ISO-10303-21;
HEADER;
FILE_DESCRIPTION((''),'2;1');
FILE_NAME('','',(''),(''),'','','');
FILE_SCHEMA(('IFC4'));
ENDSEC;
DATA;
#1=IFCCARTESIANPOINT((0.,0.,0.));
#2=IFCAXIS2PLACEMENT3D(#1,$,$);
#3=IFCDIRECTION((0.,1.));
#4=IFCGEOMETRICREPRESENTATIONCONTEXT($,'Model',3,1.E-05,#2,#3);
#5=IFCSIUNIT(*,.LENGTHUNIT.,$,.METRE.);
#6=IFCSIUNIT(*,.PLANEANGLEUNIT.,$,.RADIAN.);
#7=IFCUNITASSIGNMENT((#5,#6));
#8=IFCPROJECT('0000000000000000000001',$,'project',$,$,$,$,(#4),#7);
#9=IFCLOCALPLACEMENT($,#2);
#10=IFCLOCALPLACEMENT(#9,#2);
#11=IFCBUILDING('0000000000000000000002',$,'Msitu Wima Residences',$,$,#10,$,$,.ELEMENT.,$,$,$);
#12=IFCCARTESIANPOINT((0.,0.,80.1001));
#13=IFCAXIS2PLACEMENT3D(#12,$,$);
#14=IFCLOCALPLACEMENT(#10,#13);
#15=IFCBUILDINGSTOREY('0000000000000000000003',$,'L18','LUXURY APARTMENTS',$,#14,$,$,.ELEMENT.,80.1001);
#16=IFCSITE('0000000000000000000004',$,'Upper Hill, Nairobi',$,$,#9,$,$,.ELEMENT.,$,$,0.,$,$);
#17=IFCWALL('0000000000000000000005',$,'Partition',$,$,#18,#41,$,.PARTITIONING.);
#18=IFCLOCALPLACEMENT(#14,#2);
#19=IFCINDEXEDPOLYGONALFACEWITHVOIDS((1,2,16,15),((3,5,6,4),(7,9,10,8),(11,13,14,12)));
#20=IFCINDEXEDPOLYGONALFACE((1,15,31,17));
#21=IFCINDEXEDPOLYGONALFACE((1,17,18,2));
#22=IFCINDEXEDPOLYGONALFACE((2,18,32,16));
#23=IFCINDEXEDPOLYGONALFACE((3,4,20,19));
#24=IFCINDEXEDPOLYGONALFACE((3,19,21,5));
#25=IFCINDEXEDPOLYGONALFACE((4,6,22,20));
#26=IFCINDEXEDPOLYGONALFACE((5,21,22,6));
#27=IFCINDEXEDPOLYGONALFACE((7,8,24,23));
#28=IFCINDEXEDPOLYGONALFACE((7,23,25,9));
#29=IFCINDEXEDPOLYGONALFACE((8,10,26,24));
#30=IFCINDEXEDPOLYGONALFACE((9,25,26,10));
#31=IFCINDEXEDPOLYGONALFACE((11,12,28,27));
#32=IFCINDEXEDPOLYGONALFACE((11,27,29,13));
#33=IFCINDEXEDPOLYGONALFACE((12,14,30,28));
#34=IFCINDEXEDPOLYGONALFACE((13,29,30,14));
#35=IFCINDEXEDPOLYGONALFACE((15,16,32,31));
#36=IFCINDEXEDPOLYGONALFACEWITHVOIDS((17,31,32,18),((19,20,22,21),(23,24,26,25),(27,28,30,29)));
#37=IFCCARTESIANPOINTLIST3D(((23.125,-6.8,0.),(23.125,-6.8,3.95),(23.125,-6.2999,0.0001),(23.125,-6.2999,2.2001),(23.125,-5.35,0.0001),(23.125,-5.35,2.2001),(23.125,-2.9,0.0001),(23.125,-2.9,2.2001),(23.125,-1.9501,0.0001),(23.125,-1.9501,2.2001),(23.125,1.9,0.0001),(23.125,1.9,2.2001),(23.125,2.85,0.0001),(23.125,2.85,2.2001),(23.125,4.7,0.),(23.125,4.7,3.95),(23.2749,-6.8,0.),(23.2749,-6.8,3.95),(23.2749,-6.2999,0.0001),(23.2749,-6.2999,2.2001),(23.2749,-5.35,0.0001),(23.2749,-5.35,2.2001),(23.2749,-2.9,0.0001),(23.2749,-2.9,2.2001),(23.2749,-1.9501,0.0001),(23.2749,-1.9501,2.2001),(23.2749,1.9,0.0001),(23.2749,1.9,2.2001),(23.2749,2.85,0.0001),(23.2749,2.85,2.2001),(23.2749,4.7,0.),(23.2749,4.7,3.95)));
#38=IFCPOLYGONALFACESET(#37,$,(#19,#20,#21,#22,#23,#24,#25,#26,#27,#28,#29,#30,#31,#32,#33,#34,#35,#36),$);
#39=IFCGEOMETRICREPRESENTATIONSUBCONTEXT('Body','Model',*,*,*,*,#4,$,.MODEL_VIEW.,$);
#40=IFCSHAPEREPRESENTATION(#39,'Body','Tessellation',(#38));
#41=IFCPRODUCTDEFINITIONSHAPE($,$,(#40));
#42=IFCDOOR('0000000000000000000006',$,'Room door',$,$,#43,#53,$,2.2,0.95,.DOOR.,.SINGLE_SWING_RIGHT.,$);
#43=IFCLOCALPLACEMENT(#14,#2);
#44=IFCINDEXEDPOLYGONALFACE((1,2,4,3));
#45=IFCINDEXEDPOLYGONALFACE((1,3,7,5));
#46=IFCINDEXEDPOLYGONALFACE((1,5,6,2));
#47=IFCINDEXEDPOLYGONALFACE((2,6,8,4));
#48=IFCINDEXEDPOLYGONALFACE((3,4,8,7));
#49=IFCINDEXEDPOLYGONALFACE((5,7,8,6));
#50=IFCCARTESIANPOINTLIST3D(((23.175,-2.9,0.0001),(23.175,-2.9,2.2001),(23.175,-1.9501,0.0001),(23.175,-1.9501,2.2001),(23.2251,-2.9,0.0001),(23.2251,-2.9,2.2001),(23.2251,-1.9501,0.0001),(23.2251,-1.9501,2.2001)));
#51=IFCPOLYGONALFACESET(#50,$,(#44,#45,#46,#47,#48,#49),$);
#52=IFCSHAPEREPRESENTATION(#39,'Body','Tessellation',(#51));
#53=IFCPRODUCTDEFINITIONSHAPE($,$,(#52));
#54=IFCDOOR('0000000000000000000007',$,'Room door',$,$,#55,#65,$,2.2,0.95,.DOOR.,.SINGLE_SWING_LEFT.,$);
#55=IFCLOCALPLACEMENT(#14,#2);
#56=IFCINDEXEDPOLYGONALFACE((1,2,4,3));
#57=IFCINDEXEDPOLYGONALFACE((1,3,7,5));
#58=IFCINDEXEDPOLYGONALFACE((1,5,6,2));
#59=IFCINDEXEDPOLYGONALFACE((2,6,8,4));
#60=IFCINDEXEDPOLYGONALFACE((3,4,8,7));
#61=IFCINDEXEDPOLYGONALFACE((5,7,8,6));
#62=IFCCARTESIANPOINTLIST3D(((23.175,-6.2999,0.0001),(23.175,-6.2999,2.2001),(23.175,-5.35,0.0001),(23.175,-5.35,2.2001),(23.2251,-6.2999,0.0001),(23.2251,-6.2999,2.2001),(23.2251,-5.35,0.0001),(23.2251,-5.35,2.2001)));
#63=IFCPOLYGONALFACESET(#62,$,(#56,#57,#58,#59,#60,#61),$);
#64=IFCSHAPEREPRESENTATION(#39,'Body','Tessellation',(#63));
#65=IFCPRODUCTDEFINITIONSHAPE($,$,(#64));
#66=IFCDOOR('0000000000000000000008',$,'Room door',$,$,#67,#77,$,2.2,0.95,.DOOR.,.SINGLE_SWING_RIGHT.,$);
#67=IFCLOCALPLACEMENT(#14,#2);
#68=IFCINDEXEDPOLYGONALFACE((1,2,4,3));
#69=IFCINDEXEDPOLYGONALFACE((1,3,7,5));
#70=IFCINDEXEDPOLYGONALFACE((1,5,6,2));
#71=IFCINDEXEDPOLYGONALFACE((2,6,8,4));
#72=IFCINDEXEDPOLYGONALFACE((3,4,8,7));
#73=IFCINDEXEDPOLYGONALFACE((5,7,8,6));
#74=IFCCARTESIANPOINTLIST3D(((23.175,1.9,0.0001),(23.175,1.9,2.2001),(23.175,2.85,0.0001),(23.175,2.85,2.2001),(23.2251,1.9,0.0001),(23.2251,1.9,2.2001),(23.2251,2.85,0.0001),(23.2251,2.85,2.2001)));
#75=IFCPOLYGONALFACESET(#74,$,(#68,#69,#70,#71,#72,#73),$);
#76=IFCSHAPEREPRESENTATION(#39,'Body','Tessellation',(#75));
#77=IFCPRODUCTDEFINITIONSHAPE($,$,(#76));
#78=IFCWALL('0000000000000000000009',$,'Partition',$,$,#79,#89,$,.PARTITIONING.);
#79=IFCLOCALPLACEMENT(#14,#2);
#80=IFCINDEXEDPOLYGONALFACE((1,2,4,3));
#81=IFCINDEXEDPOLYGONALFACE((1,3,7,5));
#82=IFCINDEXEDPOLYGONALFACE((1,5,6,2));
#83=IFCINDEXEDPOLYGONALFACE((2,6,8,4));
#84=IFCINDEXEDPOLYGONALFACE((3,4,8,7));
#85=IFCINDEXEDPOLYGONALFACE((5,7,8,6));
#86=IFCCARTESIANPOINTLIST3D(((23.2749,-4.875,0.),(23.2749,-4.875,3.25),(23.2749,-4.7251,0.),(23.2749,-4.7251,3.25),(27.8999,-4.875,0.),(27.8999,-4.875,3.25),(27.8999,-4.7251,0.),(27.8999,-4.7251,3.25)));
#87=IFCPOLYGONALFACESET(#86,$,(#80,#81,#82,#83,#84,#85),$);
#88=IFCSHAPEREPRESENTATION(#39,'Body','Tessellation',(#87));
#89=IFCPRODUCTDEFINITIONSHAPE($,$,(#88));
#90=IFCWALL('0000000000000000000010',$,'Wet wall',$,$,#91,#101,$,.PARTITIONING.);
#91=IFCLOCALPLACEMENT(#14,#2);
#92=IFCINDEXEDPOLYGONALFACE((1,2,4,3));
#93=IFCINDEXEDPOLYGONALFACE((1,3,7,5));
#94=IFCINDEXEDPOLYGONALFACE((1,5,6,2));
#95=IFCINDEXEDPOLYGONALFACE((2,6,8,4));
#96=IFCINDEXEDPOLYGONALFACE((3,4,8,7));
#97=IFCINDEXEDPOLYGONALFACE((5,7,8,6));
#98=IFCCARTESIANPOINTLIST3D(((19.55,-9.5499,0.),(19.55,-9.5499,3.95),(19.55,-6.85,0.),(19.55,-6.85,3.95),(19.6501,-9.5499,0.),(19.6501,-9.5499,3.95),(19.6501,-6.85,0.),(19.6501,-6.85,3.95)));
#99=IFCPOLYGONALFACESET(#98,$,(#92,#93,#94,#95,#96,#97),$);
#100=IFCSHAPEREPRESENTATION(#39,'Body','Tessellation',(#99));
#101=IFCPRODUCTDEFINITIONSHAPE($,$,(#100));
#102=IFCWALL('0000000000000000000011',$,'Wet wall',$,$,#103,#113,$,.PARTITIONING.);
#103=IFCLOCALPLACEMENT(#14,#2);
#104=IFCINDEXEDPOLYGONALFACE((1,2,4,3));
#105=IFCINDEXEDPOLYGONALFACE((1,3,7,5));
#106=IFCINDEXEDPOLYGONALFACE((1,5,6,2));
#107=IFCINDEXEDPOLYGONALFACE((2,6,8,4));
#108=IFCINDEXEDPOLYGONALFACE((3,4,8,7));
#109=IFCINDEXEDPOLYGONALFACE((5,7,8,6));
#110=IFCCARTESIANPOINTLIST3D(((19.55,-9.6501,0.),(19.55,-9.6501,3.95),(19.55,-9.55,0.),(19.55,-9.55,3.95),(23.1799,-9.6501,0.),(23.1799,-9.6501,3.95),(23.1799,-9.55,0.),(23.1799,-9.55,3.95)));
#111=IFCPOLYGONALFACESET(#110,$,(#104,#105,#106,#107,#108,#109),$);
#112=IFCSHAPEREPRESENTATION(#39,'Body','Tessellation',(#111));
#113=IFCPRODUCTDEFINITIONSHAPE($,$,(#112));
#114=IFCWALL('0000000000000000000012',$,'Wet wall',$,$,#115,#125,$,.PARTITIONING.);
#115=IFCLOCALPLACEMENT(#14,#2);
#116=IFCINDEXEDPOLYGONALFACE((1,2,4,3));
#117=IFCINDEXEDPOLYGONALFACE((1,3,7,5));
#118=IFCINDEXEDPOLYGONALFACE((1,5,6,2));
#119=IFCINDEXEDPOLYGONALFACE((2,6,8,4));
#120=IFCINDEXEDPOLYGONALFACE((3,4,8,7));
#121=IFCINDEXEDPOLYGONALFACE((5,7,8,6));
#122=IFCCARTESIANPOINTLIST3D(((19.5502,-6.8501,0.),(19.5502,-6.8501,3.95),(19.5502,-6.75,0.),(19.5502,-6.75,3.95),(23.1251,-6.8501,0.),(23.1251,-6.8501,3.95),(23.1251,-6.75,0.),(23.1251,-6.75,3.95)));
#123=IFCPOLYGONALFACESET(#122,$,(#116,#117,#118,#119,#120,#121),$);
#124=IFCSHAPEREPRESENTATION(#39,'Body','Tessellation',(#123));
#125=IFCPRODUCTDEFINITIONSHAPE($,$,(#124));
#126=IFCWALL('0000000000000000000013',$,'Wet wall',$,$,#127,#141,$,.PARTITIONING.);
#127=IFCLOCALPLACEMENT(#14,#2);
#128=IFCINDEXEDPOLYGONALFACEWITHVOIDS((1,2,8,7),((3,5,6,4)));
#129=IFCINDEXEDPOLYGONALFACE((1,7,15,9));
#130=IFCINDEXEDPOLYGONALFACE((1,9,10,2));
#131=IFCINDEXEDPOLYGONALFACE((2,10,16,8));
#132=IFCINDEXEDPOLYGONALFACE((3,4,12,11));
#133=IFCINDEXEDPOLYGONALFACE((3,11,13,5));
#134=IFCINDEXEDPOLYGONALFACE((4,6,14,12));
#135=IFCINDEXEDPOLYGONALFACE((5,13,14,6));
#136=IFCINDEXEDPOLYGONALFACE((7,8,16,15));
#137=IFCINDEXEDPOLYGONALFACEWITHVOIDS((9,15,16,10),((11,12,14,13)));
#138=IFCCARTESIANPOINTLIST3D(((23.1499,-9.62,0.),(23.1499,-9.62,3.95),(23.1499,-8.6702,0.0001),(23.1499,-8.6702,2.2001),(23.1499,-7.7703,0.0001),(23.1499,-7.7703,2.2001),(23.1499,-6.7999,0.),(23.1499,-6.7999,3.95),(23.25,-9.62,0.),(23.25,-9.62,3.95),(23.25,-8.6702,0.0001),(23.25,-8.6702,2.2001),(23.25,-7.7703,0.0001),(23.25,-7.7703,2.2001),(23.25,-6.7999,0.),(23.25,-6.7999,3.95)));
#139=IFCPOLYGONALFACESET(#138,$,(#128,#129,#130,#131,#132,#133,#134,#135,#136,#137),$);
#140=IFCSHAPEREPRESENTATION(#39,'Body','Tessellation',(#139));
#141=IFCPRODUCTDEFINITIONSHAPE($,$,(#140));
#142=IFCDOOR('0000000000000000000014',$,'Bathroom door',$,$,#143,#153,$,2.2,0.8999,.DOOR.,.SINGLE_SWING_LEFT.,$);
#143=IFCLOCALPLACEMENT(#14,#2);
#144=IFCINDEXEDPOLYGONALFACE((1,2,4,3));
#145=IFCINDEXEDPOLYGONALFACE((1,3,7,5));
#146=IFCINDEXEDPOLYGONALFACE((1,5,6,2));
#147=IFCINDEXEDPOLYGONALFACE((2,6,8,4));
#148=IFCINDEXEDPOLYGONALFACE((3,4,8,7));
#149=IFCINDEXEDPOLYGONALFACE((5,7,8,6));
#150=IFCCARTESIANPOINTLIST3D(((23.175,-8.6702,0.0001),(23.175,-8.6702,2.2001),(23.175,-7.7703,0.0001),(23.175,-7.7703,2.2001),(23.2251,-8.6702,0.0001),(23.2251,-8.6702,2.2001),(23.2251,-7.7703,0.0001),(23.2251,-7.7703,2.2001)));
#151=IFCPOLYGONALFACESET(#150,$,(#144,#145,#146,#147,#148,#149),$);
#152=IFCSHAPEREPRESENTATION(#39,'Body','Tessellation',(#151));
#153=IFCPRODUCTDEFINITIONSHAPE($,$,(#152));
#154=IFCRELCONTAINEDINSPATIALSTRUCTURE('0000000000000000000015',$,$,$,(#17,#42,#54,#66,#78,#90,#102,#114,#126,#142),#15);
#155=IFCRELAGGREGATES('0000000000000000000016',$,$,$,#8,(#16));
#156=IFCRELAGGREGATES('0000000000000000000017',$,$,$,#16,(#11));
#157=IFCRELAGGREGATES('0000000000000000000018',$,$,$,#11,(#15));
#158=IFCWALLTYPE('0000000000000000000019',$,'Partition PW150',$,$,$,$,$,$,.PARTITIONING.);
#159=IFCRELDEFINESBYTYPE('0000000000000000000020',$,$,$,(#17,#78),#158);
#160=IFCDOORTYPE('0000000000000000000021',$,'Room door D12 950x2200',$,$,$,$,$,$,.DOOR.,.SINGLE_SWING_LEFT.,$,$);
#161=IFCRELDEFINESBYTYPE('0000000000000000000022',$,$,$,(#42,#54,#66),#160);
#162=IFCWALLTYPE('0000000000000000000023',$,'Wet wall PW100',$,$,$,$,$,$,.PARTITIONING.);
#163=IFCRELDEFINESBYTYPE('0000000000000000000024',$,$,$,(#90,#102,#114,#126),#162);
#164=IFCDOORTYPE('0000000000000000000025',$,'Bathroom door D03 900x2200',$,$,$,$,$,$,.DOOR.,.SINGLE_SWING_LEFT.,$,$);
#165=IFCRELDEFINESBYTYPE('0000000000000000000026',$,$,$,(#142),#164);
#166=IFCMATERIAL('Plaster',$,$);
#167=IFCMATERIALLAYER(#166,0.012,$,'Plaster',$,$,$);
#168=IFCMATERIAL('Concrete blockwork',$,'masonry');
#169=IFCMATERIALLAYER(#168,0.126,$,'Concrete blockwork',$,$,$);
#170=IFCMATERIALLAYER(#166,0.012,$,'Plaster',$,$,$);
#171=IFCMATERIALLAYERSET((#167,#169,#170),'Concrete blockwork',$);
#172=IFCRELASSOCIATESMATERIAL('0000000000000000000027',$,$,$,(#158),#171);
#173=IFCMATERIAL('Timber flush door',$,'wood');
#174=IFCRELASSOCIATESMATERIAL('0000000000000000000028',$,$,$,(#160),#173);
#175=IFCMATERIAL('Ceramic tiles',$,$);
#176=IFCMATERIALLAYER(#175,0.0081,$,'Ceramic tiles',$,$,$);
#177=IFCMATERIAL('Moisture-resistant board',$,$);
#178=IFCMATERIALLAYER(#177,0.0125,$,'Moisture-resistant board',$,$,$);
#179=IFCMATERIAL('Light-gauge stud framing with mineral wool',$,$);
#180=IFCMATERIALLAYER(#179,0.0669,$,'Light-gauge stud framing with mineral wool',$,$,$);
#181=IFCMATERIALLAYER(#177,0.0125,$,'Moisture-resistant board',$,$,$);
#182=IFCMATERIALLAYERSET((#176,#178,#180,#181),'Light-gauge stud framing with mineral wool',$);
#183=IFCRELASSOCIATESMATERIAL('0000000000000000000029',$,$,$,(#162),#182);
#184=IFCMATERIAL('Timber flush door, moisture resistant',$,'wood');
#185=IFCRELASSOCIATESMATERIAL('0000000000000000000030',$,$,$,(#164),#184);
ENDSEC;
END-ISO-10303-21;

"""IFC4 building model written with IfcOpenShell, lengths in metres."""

from ifc_helpers import new_model, si_unit, direction, frame, frame_2d, origin, place, context, subcontext, project, spatial, rectangle, extrude, material, layer, layer_set, type_object, element, fill, save


model = new_model("IFC4")

# Units and contexts
model_context = context("Model", 3, precision=1e-05, world=origin(), true_north=direction((0.0, 1.0)))
body_context = subcontext(model_context, "Body", "Model", "MODEL_VIEW")
ifc_project = project(units=[si_unit("LENGTHUNIT", "METRE"), si_unit("PLANEANGLEUNIT", "RADIAN")], contexts=[model_context])

# Site, building, storey
site_placement = place(None, origin())
site = spatial("IfcSite", under=ifc_project, at=site_placement, Name="Upper Hill, Nairobi", CompositionType="ELEMENT", RefElevation=0.0)
building_placement = place(site_placement, origin())
building = spatial("IfcBuilding", under=site, at=building_placement, Name="Msitu Wima Residences", CompositionType="ELEMENT")
storey_placement = place(building_placement, frame((0.0, 0.0, 80.1001)))
storey = spatial("IfcBuildingStorey", under=building, at=storey_placement, Name="L18", Description="LUXURY APARTMENTS", CompositionType="ELEMENT", Elevation=80.1001)

# Shared definitions
ifc_material_1 = material(Name="Plaster")
ifc_layer_1 = layer(ifc_material_1, 0.012, Name="Plaster")
ifc_material_2 = material(Name="Concrete blockwork", Category="masonry")
ifc_layer_2 = layer(ifc_material_2, 0.126, Name="Concrete blockwork")
ifc_layer_3 = layer(ifc_material_1, 0.012, Name="Plaster")
ifc_layer_set_1 = layer_set([ifc_layer_1, ifc_layer_2, ifc_layer_3], Name="Concrete blockwork")
wall_type_1 = type_object("IfcWallType", Name="Partition PW150", PredefinedType="PARTITIONING", material=ifc_layer_set_1)

# Wall, openings, doors
wall_1_placement = place(storey_placement, frame((23.2, -6.8, 0.0), z_axis=(0.0, 0.0, 1.0), x_axis=(0.0, 1.0, 0.0)))
wall_1 = element("IfcWall", 1, at=wall_1_placement, inside=storey, type_object=wall_type_1, Name="Partition", PredefinedType="PARTITIONING", context=body_context, shape_type="SweptSolid", body=[
    extrude(rectangle(XDim=11.5, YDim=0.1499, at=frame_2d((5.75, 0.0))), origin(), (0.0, 0.0, 1.0), 3.95),
])
opening_1_placement = place(wall_1_placement, frame((3.8999, 0.0, 0.0)))
opening_1 = element("IfcOpeningElement", 2, at=opening_1_placement, cuts=wall_1, PredefinedType="OPENING", context=body_context, shape_type="SweptSolid", body=[
    extrude(rectangle(XDim=0.95, YDim=2.2, at=frame_2d((0.4751, 1.1001))), frame((0.0, 0.085, 0.0), z_axis=(0.0, -1.0, 0.0), x_axis=(1.0, 0.0, 0.0)), (0.0, 0.0, 1.0), 0.1699),
])
opening_2_placement = place(wall_1_placement, frame((0.5, 0.0, 0.0)))
opening_2 = element("IfcOpeningElement", 3, at=opening_2_placement, cuts=wall_1, PredefinedType="OPENING", context=body_context, shape_type="SweptSolid", body=[
    extrude(rectangle(XDim=0.95, YDim=2.2, at=frame_2d((0.4751, 1.1001))), frame((0.0, 0.085, 0.0), z_axis=(0.0, -1.0, 0.0), x_axis=(1.0, 0.0, 0.0)), (0.0, 0.0, 1.0), 0.1699),
])
opening_3_placement = place(wall_1_placement, frame((8.7, 0.0, 0.0)))
opening_3 = element("IfcOpeningElement", 4, at=opening_3_placement, cuts=wall_1, PredefinedType="OPENING", context=body_context, shape_type="SweptSolid", body=[
    extrude(rectangle(XDim=0.95, YDim=2.2, at=frame_2d((0.4751, 1.1001))), frame((0.0, 0.085, 0.0), z_axis=(0.0, -1.0, 0.0), x_axis=(1.0, 0.0, 0.0)), (0.0, 0.0, 1.0), 0.1699),
])
ifc_material_3 = material(Name="Timber flush door", Category="wood")
door_type_1 = type_object("IfcDoorType", Name="Room door D12 950x2200", OperationType="SINGLE_SWING_LEFT", PredefinedType="DOOR", material=ifc_material_3)
door_1_placement = place(opening_1_placement, origin())
door_1 = element("IfcDoor", 5, at=door_1_placement, inside=storey, type_object=door_type_1, Name="Room door", OperationType="SINGLE_SWING_RIGHT", OverallHeight=2.2, OverallWidth=0.95, PredefinedType="DOOR", context=body_context, shape_type="SweptSolid", body=[
    extrude(rectangle(XDim=0.95, YDim=2.2, at=frame_2d((0.4751, 1.1001))), frame((0.0, 0.0249, 0.0), z_axis=(0.0, -1.0, 0.0), x_axis=(1.0, 0.0, 0.0)), (0.0, 0.0, 1.0), 0.05),
])
fill(opening_1, door_1)
door_2_placement = place(opening_2_placement, origin())
door_2 = element("IfcDoor", 6, at=door_2_placement, inside=storey, type_object=door_type_1, Name="Room door", OperationType="SINGLE_SWING_LEFT", OverallHeight=2.2, OverallWidth=0.95, PredefinedType="DOOR", context=body_context, shape_type="SweptSolid", body=[
    extrude(rectangle(XDim=0.95, YDim=2.2, at=frame_2d((0.4751, 1.1001))), frame((0.0, 0.0249, 0.0), z_axis=(0.0, -1.0, 0.0), x_axis=(1.0, 0.0, 0.0)), (0.0, 0.0, 1.0), 0.05),
])
fill(opening_2, door_2)
door_3_placement = place(opening_3_placement, origin())
door_3 = element("IfcDoor", 7, at=door_3_placement, inside=storey, type_object=door_type_1, Name="Room door", OperationType="SINGLE_SWING_RIGHT", OverallHeight=2.2, OverallWidth=0.95, PredefinedType="DOOR", context=body_context, shape_type="SweptSolid", body=[
    extrude(rectangle(XDim=0.95, YDim=2.2, at=frame_2d((0.4751, 1.1001))), frame((0.0, 0.0249, 0.0), z_axis=(0.0, -1.0, 0.0), x_axis=(1.0, 0.0, 0.0)), (0.0, 0.0, 1.0), 0.05),
])
fill(opening_3, door_3)

# Walls
wall_2_placement = place(storey_placement, frame((23.2749, -4.8, 0.0), z_axis=(0.0, 0.0, 1.0), x_axis=(1.0, 0.0, 0.0)))
element("IfcWall", 8, at=wall_2_placement, inside=storey, type_object=wall_type_1, Name="Partition", PredefinedType="PARTITIONING", context=body_context, shape_type="SweptSolid", body=[
    extrude(rectangle(XDim=4.625, YDim=0.1499, at=frame_2d((2.3125, 0.0))), origin(), (0.0, 0.0, 1.0), 3.25),
])
ifc_material_4 = material(Name="Ceramic tiles")
ifc_layer_4 = layer(ifc_material_4, 0.0081, Name="Ceramic tiles")
ifc_material_5 = material(Name="Moisture-resistant board")
ifc_layer_5 = layer(ifc_material_5, 0.0125, Name="Moisture-resistant board")
ifc_material_6 = material(Name="Light-gauge stud framing with mineral wool")
ifc_layer_6 = layer(ifc_material_6, 0.0669, Name="Light-gauge stud framing with mineral wool")
ifc_layer_7 = layer(ifc_material_5, 0.0125, Name="Moisture-resistant board")
ifc_layer_set_2 = layer_set([ifc_layer_4, ifc_layer_5, ifc_layer_6, ifc_layer_7], Name="Light-gauge stud framing with mineral wool")
wall_type_2 = type_object("IfcWallType", Name="Wet wall PW100", PredefinedType="PARTITIONING", material=ifc_layer_set_2)
wall_3_placement = place(storey_placement, frame((19.6001, -9.55, 0.0), z_axis=(0.0, 0.0, 1.0), x_axis=(0.0, 1.0, 0.0)))
element("IfcWall", 9, at=wall_3_placement, inside=storey, type_object=wall_type_2, Name="Wet wall", PredefinedType="PARTITIONING", context=body_context, shape_type="SweptSolid", body=[
    extrude(rectangle(XDim=2.7, YDim=0.1001, at=frame_2d((1.3501, 0.0))), origin(), (0.0, 0.0, 1.0), 3.95),
])
wall_4_placement = place(storey_placement, frame((19.55, -9.6001, 0.0), z_axis=(0.0, 0.0, 1.0), x_axis=(1.0, 0.0, 0.0)))
element("IfcWall", 10, at=wall_4_placement, inside=storey, type_object=wall_type_2, Name="Wet wall", PredefinedType="PARTITIONING", context=body_context, shape_type="SweptSolid", body=[
    extrude(rectangle(XDim=3.6299, YDim=0.1001, at=frame_2d((1.8149, 0.0))), origin(), (0.0, 0.0, 1.0), 3.95),
])
wall_5_placement = place(storey_placement, frame((19.55, -6.8, 0.0), z_axis=(0.0, 0.0, 1.0), x_axis=(1.0, 0.0, 0.0)))
element("IfcWall", 11, at=wall_5_placement, inside=storey, type_object=wall_type_2, Name="Wet wall", PredefinedType="PARTITIONING", context=body_context, shape_type="SweptSolid", body=[
    extrude(rectangle(XDim=3.575, YDim=0.1001, at=frame_2d((1.7876, 0.0))), origin(), (0.0, 0.0, 1.0), 3.95),
])

# Wall, opening, door
wall_6_placement = place(storey_placement, frame((23.2, -9.6201, 0.0), z_axis=(0.0, 0.0, 1.0), x_axis=(0.0, 1.0, 0.0)))
wall_6 = element("IfcWall", 12, at=wall_6_placement, inside=storey, type_object=wall_type_2, Name="Wet wall", PredefinedType="PARTITIONING", context=body_context, shape_type="SweptSolid", body=[
    extrude(rectangle(XDim=2.8201, YDim=0.1001, at=frame_2d((1.4102, 0.0))), origin(), (0.0, 0.0, 1.0), 3.95),
])
opening_4_placement = place(wall_6_placement, frame((0.95, 0.0, 0.0)))
opening_4 = element("IfcOpeningElement", 13, at=opening_4_placement, cuts=wall_6, PredefinedType="OPENING", context=body_context, shape_type="SweptSolid", body=[
    extrude(rectangle(XDim=0.8999, YDim=2.2, at=frame_2d((0.45, 1.1001))), frame((0.0, 0.0601, 0.0), z_axis=(0.0, -1.0, 0.0), x_axis=(1.0, 0.0, 0.0)), (0.0, 0.0, 1.0), 0.1201),
])
ifc_material_7 = material(Name="Timber flush door, moisture resistant", Category="wood")
door_type_2 = type_object("IfcDoorType", Name="Bathroom door D03 900x2200", OperationType="SINGLE_SWING_LEFT", PredefinedType="DOOR", material=ifc_material_7)
door_4_placement = place(opening_4_placement, origin())
door_4 = element("IfcDoor", 14, at=door_4_placement, inside=storey, type_object=door_type_2, Name="Bathroom door", OperationType="SINGLE_SWING_LEFT", OverallHeight=2.2, OverallWidth=0.8999, PredefinedType="DOOR", context=body_context, shape_type="SweptSolid", body=[
    extrude(rectangle(XDim=0.8999, YDim=2.2, at=frame_2d((0.45, 1.1001))), frame((0.0, 0.0249, 0.0), z_axis=(0.0, -1.0, 0.0), x_axis=(1.0, 0.0, 0.0)), (0.0, 0.0, 1.0), 0.05),
])
fill(opening_4, door_4)

save(model, "model.ifc")
